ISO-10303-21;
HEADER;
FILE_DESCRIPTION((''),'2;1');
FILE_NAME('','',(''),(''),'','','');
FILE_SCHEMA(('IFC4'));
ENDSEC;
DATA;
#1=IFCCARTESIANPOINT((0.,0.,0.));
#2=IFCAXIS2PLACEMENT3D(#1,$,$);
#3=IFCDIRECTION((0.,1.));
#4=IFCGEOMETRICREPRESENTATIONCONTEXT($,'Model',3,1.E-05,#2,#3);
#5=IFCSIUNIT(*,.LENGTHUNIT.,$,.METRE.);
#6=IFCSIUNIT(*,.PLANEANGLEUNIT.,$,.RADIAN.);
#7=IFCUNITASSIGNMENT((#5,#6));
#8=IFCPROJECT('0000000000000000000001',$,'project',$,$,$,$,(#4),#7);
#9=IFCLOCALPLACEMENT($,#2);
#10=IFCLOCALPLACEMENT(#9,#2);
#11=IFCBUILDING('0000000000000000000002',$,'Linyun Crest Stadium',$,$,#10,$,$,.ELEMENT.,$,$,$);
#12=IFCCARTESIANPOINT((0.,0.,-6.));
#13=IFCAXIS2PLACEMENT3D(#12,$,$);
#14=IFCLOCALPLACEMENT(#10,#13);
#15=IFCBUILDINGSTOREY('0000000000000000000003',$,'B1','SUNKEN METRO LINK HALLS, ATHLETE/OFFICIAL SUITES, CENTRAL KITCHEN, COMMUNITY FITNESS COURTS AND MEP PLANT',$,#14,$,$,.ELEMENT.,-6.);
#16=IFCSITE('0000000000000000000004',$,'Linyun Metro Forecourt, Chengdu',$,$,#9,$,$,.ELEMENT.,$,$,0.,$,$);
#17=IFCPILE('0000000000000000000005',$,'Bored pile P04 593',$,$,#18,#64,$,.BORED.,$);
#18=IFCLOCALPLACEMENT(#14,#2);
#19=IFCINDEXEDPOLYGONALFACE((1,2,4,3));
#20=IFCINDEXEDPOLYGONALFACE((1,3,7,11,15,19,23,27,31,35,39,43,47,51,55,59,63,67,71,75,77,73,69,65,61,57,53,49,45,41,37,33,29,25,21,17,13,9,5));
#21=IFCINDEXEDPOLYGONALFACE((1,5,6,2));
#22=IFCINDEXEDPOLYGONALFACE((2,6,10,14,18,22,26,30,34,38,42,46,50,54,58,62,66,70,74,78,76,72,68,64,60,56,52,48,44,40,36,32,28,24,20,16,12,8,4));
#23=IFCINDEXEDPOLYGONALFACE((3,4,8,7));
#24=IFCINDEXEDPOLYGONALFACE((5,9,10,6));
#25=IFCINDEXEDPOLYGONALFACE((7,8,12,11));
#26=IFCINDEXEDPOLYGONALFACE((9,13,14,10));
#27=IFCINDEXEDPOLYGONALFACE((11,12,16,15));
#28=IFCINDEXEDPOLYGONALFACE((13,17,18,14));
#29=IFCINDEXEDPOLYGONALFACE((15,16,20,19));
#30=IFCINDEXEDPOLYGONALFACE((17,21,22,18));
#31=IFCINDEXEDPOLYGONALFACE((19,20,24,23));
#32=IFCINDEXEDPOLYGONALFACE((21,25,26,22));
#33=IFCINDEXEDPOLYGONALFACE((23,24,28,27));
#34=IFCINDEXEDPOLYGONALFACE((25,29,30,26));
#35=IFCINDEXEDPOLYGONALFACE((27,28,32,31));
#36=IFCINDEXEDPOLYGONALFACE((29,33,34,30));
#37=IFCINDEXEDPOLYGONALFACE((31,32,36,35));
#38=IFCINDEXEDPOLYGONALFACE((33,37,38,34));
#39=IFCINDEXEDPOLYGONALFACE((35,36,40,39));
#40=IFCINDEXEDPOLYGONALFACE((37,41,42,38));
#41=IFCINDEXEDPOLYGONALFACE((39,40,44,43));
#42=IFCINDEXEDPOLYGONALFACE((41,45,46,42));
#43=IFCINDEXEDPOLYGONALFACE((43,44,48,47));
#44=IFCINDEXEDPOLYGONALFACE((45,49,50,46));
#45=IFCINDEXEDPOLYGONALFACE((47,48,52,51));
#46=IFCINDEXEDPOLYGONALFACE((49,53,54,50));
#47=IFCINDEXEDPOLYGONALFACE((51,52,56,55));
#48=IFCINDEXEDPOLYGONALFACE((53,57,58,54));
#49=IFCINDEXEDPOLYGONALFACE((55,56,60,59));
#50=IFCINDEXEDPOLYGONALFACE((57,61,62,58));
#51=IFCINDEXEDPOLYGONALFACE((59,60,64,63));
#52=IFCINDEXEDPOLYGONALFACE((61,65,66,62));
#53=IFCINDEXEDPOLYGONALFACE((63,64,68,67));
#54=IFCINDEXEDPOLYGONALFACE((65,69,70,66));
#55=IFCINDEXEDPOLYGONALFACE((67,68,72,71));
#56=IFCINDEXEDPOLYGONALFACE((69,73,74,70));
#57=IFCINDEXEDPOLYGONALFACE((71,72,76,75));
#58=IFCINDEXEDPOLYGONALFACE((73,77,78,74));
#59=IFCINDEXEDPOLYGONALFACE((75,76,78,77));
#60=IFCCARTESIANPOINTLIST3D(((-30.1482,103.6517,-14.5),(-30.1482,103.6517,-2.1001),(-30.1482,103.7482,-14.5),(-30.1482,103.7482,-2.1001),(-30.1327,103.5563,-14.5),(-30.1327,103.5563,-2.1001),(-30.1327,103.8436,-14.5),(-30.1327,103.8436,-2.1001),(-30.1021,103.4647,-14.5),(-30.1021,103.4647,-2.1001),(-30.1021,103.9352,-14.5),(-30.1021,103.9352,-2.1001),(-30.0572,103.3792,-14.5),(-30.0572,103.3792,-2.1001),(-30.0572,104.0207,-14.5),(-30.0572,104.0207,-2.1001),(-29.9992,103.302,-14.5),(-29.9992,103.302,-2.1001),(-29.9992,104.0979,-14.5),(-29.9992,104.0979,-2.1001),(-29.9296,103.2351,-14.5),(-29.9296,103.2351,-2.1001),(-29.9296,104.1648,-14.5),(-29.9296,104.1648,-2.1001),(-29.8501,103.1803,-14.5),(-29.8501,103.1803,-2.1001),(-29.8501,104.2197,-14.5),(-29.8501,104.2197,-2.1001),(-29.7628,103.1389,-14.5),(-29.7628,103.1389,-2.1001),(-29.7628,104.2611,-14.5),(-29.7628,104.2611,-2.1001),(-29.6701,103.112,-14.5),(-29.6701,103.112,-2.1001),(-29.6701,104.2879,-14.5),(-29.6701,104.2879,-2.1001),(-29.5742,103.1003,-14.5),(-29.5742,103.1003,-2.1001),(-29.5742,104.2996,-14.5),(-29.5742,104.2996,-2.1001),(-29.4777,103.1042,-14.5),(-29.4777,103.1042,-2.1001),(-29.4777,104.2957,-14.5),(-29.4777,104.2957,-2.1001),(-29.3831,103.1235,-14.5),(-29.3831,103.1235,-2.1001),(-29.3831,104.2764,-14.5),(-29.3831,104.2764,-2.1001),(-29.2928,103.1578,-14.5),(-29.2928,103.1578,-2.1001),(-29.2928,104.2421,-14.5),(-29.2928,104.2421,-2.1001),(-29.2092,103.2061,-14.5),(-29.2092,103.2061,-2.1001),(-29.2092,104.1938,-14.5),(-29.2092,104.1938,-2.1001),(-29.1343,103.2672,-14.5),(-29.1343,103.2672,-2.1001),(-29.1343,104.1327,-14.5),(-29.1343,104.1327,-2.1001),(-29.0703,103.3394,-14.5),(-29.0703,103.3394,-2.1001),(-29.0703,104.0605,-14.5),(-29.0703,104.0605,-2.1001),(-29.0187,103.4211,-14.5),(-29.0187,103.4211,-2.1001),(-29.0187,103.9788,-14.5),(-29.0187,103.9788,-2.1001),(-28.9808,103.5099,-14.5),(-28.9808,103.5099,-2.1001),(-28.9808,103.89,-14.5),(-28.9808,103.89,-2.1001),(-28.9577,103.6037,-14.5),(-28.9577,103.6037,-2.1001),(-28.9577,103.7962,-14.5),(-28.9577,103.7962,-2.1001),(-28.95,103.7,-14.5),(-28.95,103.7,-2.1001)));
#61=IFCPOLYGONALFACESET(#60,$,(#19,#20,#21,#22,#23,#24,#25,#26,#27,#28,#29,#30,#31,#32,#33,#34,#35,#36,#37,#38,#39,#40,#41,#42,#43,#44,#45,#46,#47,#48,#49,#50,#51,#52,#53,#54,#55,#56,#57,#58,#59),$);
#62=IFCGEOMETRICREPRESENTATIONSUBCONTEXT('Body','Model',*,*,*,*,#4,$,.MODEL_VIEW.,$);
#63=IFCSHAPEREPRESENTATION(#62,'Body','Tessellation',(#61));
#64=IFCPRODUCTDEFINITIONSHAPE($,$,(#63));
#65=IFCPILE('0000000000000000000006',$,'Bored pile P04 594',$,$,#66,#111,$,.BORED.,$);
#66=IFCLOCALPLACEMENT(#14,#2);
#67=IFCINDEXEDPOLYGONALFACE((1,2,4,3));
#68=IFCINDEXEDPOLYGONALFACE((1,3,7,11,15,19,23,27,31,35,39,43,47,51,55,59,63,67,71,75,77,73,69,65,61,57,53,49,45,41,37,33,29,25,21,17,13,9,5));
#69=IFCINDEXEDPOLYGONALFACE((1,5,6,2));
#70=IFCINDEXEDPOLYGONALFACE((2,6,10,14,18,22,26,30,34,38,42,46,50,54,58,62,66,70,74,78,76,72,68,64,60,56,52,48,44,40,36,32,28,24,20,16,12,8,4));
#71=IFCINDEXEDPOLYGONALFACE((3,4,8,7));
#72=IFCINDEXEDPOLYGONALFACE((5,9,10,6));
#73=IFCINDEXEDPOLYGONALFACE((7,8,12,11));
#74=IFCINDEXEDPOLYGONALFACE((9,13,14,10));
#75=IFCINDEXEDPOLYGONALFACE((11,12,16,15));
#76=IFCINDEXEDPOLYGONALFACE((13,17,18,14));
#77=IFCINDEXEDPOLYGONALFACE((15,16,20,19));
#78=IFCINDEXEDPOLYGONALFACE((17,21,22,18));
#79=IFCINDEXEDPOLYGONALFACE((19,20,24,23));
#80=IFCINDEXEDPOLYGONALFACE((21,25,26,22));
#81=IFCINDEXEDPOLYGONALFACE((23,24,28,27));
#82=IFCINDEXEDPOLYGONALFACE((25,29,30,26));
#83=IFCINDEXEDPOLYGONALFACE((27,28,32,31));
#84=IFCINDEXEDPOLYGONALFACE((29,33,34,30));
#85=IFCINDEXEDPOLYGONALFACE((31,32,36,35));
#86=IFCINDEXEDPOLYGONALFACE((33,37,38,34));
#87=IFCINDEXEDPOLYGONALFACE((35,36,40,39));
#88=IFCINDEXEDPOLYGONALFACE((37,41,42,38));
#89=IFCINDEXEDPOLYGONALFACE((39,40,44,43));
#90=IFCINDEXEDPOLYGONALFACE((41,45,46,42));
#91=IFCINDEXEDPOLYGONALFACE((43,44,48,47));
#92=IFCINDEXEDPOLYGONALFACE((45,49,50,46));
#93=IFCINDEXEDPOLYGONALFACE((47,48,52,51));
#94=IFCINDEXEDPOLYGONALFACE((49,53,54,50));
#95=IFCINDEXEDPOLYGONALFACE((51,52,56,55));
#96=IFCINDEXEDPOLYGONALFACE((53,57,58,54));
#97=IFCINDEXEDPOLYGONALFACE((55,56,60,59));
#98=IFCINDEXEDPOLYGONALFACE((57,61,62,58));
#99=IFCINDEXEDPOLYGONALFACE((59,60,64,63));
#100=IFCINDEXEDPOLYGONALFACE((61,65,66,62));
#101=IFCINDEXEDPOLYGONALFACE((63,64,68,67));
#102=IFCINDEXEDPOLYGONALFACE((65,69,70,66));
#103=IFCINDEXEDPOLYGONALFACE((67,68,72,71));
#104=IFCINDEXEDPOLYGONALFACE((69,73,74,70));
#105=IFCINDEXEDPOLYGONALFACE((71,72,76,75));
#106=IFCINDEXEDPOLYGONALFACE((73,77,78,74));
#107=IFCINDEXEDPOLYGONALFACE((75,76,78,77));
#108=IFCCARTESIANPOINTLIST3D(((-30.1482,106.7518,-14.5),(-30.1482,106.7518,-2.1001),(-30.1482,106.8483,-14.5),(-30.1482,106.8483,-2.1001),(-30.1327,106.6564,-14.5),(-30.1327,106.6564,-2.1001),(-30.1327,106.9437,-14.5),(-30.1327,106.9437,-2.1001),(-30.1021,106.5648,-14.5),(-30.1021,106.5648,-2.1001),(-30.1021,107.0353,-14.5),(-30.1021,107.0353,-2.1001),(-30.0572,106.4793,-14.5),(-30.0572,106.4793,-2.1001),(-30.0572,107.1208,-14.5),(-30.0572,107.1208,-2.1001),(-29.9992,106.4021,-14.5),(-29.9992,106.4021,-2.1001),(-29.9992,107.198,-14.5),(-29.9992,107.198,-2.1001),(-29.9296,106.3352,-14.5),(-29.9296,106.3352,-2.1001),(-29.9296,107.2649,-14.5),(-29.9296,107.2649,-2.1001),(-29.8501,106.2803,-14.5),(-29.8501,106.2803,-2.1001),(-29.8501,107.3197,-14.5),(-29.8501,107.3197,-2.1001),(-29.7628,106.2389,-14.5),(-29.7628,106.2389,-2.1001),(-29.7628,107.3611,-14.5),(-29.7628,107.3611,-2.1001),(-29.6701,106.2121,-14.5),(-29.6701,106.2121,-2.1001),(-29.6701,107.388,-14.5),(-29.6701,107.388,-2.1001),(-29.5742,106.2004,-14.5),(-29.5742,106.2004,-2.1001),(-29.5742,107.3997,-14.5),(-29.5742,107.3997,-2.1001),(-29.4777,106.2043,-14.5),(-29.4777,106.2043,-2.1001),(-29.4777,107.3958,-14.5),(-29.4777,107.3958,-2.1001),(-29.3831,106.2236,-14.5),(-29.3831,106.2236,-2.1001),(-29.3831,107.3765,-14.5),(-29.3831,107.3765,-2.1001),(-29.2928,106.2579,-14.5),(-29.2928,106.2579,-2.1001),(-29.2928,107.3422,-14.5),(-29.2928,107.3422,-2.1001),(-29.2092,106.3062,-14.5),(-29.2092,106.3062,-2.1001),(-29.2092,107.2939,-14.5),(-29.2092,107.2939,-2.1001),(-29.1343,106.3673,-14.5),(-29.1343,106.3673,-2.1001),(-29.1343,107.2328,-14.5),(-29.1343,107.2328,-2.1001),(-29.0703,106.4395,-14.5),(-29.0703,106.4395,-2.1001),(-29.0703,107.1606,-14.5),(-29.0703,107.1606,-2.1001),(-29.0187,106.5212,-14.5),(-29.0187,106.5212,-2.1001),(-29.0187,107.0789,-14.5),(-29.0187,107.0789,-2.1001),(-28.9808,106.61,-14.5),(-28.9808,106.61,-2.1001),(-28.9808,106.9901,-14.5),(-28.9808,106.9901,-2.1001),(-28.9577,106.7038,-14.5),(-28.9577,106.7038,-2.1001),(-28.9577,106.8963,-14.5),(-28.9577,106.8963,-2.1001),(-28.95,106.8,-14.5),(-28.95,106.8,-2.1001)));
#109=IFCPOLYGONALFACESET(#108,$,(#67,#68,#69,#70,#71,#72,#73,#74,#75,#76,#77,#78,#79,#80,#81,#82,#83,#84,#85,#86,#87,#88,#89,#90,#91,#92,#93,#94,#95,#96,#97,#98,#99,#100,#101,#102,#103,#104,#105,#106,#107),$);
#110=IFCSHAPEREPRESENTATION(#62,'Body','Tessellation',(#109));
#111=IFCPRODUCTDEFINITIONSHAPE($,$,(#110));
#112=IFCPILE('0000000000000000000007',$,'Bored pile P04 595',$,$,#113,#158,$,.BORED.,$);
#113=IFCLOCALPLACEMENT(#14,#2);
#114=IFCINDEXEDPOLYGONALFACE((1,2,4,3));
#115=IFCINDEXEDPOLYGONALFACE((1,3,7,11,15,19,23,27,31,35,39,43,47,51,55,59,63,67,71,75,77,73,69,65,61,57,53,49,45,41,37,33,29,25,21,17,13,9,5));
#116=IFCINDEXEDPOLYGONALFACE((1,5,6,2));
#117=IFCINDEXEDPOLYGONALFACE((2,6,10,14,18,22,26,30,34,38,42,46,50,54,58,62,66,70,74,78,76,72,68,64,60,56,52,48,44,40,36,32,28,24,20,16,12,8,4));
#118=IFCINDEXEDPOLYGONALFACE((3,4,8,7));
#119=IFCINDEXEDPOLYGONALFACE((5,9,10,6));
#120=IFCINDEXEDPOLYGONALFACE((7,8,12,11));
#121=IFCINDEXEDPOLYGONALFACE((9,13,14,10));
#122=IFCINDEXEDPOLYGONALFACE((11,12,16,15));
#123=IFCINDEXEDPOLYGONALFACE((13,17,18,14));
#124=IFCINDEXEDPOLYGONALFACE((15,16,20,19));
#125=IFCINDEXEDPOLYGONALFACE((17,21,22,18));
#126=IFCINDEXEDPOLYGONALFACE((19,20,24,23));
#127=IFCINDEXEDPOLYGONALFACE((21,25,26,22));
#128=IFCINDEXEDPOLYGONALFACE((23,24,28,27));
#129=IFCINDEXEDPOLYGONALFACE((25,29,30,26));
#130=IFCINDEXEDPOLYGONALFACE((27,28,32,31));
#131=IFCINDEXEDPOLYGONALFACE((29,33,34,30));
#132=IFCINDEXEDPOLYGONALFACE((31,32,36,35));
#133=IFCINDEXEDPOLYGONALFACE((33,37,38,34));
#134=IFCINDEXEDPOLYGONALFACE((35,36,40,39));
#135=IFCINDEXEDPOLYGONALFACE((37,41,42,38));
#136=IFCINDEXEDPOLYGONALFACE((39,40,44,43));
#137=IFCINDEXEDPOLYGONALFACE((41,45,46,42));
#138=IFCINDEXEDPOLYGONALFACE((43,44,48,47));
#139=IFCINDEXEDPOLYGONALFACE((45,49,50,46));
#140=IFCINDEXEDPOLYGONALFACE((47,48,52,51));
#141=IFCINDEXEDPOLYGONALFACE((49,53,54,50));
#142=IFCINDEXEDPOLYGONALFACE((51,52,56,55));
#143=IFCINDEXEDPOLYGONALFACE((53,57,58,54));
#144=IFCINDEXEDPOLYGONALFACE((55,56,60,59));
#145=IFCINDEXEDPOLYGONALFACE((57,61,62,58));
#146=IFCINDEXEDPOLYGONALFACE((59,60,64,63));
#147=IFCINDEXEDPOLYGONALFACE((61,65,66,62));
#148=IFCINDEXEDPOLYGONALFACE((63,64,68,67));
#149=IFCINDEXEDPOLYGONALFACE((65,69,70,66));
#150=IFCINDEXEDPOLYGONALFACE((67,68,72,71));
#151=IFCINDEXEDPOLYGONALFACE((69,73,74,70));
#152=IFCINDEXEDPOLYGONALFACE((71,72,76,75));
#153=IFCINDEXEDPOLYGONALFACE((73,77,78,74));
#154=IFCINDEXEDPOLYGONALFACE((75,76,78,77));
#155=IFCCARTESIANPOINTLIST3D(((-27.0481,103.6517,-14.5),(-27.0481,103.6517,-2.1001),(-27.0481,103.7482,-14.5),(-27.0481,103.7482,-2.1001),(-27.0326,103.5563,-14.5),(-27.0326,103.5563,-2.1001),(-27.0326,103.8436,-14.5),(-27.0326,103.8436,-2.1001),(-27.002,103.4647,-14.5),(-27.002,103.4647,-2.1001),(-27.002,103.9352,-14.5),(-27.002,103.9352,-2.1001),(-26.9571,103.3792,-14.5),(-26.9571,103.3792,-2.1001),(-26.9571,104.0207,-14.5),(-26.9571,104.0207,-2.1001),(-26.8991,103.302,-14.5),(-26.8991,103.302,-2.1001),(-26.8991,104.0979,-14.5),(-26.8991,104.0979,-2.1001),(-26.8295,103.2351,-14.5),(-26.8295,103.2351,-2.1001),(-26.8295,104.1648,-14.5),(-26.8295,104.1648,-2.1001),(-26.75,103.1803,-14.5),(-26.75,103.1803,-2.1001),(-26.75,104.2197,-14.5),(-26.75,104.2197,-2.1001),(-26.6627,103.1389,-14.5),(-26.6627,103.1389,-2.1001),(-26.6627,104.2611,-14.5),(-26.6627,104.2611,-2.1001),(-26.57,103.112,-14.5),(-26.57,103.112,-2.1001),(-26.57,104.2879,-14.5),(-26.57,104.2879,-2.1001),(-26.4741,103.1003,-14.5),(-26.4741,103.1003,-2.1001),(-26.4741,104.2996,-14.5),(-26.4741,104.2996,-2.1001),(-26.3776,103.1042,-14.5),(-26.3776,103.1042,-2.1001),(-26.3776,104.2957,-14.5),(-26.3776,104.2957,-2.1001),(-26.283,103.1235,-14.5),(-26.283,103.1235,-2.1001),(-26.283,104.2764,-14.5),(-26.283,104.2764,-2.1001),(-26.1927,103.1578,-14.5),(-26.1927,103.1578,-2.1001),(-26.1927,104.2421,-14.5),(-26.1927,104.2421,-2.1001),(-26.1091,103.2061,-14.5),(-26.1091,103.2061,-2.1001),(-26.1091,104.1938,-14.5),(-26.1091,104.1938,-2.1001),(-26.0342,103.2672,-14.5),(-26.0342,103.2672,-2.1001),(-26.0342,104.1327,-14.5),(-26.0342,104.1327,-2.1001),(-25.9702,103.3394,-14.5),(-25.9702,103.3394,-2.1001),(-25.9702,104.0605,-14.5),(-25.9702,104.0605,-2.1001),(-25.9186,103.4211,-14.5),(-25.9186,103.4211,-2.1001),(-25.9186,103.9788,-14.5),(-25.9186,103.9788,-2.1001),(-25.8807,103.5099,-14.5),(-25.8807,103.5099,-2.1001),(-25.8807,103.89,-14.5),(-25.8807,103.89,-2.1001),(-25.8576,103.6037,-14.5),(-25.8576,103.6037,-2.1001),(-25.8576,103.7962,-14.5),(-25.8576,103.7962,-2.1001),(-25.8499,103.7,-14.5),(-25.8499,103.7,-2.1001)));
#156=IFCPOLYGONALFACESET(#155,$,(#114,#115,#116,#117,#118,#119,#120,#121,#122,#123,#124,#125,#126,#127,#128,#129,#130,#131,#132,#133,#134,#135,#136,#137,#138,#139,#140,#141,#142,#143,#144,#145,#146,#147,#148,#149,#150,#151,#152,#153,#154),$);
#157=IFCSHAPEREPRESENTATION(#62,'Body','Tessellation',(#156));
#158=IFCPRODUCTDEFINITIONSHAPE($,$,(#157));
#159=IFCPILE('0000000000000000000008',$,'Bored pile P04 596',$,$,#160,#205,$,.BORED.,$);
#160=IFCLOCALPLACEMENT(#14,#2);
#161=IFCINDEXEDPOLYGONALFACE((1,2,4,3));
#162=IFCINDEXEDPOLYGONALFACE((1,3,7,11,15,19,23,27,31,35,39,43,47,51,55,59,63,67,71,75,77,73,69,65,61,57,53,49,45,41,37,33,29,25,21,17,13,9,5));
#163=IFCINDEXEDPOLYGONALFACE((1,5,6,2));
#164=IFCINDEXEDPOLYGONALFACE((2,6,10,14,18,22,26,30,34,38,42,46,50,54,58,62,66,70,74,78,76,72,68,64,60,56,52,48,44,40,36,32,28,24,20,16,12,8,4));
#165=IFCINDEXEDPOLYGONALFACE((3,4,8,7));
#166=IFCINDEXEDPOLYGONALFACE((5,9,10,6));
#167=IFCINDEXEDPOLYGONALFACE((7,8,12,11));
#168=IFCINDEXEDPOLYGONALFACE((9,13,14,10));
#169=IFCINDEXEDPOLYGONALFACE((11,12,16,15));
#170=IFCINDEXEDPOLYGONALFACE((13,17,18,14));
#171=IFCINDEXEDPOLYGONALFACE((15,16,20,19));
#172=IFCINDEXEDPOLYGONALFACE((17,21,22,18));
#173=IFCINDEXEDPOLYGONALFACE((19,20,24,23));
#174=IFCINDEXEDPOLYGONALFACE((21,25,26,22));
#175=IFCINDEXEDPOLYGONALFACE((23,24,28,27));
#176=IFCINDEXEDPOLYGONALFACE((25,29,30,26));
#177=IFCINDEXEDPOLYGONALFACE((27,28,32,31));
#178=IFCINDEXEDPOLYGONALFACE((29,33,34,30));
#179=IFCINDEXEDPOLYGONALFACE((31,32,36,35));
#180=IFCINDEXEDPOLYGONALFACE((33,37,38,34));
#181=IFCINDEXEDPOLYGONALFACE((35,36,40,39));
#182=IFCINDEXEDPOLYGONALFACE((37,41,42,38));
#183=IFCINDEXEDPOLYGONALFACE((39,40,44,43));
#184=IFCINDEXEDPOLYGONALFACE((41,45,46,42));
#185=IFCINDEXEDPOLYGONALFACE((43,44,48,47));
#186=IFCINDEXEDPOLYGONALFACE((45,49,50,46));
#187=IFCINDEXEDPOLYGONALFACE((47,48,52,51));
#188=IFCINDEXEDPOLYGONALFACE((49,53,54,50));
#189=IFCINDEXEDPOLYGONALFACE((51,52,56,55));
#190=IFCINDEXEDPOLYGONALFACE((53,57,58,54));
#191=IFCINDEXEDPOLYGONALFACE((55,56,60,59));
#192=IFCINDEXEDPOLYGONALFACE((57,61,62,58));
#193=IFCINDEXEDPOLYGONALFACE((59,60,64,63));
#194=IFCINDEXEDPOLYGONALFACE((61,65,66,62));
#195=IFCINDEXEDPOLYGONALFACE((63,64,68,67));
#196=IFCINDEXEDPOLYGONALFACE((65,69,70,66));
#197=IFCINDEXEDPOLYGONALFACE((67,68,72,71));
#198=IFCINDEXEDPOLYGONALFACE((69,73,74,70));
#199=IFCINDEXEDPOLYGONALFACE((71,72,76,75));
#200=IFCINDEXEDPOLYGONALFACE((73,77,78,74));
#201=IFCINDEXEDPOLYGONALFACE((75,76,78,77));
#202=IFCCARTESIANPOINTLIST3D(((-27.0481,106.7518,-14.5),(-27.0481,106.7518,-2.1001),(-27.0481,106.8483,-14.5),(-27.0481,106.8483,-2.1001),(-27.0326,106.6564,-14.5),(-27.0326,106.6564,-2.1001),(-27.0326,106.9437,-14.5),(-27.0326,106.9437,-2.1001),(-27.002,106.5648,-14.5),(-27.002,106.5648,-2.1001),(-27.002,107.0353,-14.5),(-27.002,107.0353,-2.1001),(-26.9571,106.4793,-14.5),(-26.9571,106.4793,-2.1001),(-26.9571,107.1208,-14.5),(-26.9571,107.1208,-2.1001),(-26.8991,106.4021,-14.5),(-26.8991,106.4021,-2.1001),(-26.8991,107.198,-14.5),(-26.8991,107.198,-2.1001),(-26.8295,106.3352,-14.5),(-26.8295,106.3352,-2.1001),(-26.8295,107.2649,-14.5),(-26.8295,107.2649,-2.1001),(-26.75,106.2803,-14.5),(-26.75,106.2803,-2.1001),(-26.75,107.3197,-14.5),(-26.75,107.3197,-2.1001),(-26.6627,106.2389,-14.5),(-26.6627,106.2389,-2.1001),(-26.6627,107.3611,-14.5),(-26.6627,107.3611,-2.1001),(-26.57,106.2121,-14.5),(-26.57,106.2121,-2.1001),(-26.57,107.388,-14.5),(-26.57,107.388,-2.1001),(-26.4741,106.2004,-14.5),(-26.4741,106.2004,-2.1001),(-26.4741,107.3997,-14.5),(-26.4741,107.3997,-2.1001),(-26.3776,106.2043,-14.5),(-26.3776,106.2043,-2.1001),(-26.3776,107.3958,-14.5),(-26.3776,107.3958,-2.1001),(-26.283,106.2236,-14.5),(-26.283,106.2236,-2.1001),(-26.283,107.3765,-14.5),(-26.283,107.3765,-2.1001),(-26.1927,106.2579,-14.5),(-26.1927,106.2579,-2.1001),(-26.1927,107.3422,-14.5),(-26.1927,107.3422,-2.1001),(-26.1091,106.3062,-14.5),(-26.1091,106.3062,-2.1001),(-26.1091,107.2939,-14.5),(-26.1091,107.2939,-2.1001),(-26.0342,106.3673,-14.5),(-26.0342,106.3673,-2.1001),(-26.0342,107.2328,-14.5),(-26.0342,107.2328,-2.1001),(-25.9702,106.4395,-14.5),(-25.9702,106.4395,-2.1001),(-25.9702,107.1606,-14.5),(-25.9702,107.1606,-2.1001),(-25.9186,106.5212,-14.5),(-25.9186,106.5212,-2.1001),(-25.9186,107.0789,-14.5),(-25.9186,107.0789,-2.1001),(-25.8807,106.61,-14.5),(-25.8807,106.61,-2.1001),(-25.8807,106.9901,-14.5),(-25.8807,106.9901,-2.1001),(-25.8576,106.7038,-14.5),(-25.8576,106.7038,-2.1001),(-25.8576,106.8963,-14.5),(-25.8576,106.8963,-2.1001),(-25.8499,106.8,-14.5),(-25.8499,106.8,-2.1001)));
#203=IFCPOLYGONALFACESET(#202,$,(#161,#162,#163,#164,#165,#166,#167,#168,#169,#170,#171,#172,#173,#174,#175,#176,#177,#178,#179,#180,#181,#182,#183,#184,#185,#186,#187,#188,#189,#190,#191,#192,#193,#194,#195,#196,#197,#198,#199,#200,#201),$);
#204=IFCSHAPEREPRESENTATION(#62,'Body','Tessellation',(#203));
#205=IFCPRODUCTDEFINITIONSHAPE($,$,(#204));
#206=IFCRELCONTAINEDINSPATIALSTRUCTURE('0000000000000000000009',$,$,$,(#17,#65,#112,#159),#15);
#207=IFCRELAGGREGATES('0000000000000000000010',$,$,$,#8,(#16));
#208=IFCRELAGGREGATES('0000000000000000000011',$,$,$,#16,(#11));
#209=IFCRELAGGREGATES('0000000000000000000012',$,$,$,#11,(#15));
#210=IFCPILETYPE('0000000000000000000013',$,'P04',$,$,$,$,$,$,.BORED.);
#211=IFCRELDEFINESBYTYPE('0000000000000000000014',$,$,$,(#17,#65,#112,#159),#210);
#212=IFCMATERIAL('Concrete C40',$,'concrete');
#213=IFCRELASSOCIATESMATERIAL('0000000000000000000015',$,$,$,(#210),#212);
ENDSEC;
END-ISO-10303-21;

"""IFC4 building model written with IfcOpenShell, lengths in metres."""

from ifc_helpers import new_model, si_unit, direction, frame, origin, origin_2d, place, context, subcontext, project, spatial, circle, extrude, material, material_profile, profile_set, type_object, element, save


model = new_model("IFC4")

# Units and contexts
model_context = context("Model", 3, precision=1e-05, world=origin(), true_north=direction((0.0, 1.0)))
body_context = subcontext(model_context, "Body", "Model", "MODEL_VIEW")
ifc_project = project(units=[si_unit("LENGTHUNIT", "METRE"), si_unit("PLANEANGLEUNIT", "RADIAN")], contexts=[model_context])

# Site, building, storey
site_placement = place(None, origin())
site = spatial("IfcSite", under=ifc_project, at=site_placement, Name="Linyun Metro Forecourt, Chengdu", CompositionType="ELEMENT", RefElevation=0.0)
building_placement = place(site_placement, origin())
building = spatial("IfcBuilding", under=site, at=building_placement, Name="Linyun Crest Stadium", CompositionType="ELEMENT")
storey_placement = place(building_placement, frame((0.0, 0.0, -6.0)))
storey = spatial("IfcBuildingStorey", under=building, at=storey_placement, Name="B1", Description="SUNKEN METRO LINK HALLS, ATHLETE/OFFICIAL SUITES, CENTRAL KITCHEN, COMMUNITY FITNESS COURTS AND MEP PLANT", CompositionType="ELEMENT", Elevation=-6.0)

# Piles
ifc_material_1 = material(Name="Concrete C40", Category="concrete")
ifc_material_profile_1 = material_profile(ifc_material_1, circle(Radius=0.6001, at=origin_2d()), Name="BORED PILE 1200")
ifc_profile_set_1 = profile_set([ifc_material_profile_1], Name="Concrete C40")
pile_type = type_object("IfcPileType", Name="P04", PredefinedType="BORED", material=ifc_profile_set_1)
for number, where, z_axis, x_axis, name in (
    (1, (-29.55, 103.7, -2.1001), (0.0, 0.0, -1.0), (1.0, 0.0, 0.0), "Bored pile P04 593"),
    (2, (-29.55, 106.8, -2.1001), (0.0, 0.0, -1.0), (1.0, 0.0, 0.0), "Bored pile P04 594"),
    (3, (-26.45, 103.7, -2.1001), (0.0, 0.0, -1.0), (1.0, 0.0, 0.0), "Bored pile P04 595"),
    (4, (-26.45, 106.8, -2.1001), (0.0, 0.0, -1.0), (1.0, 0.0, 0.0), "Bored pile P04 596"),
):
    element("IfcPile", number, at=place(storey_placement, frame(where, z_axis=z_axis, x_axis=x_axis)), inside=storey, type_object=pile_type, Name=name, PredefinedType="BORED", context=body_context, shape_type="SweptSolid", body=[
        extrude(circle(Radius=0.6001, at=origin_2d()), origin(), (0.0, 0.0, 1.0), 12.3999),
    ])

save(model, "model.ifc")
